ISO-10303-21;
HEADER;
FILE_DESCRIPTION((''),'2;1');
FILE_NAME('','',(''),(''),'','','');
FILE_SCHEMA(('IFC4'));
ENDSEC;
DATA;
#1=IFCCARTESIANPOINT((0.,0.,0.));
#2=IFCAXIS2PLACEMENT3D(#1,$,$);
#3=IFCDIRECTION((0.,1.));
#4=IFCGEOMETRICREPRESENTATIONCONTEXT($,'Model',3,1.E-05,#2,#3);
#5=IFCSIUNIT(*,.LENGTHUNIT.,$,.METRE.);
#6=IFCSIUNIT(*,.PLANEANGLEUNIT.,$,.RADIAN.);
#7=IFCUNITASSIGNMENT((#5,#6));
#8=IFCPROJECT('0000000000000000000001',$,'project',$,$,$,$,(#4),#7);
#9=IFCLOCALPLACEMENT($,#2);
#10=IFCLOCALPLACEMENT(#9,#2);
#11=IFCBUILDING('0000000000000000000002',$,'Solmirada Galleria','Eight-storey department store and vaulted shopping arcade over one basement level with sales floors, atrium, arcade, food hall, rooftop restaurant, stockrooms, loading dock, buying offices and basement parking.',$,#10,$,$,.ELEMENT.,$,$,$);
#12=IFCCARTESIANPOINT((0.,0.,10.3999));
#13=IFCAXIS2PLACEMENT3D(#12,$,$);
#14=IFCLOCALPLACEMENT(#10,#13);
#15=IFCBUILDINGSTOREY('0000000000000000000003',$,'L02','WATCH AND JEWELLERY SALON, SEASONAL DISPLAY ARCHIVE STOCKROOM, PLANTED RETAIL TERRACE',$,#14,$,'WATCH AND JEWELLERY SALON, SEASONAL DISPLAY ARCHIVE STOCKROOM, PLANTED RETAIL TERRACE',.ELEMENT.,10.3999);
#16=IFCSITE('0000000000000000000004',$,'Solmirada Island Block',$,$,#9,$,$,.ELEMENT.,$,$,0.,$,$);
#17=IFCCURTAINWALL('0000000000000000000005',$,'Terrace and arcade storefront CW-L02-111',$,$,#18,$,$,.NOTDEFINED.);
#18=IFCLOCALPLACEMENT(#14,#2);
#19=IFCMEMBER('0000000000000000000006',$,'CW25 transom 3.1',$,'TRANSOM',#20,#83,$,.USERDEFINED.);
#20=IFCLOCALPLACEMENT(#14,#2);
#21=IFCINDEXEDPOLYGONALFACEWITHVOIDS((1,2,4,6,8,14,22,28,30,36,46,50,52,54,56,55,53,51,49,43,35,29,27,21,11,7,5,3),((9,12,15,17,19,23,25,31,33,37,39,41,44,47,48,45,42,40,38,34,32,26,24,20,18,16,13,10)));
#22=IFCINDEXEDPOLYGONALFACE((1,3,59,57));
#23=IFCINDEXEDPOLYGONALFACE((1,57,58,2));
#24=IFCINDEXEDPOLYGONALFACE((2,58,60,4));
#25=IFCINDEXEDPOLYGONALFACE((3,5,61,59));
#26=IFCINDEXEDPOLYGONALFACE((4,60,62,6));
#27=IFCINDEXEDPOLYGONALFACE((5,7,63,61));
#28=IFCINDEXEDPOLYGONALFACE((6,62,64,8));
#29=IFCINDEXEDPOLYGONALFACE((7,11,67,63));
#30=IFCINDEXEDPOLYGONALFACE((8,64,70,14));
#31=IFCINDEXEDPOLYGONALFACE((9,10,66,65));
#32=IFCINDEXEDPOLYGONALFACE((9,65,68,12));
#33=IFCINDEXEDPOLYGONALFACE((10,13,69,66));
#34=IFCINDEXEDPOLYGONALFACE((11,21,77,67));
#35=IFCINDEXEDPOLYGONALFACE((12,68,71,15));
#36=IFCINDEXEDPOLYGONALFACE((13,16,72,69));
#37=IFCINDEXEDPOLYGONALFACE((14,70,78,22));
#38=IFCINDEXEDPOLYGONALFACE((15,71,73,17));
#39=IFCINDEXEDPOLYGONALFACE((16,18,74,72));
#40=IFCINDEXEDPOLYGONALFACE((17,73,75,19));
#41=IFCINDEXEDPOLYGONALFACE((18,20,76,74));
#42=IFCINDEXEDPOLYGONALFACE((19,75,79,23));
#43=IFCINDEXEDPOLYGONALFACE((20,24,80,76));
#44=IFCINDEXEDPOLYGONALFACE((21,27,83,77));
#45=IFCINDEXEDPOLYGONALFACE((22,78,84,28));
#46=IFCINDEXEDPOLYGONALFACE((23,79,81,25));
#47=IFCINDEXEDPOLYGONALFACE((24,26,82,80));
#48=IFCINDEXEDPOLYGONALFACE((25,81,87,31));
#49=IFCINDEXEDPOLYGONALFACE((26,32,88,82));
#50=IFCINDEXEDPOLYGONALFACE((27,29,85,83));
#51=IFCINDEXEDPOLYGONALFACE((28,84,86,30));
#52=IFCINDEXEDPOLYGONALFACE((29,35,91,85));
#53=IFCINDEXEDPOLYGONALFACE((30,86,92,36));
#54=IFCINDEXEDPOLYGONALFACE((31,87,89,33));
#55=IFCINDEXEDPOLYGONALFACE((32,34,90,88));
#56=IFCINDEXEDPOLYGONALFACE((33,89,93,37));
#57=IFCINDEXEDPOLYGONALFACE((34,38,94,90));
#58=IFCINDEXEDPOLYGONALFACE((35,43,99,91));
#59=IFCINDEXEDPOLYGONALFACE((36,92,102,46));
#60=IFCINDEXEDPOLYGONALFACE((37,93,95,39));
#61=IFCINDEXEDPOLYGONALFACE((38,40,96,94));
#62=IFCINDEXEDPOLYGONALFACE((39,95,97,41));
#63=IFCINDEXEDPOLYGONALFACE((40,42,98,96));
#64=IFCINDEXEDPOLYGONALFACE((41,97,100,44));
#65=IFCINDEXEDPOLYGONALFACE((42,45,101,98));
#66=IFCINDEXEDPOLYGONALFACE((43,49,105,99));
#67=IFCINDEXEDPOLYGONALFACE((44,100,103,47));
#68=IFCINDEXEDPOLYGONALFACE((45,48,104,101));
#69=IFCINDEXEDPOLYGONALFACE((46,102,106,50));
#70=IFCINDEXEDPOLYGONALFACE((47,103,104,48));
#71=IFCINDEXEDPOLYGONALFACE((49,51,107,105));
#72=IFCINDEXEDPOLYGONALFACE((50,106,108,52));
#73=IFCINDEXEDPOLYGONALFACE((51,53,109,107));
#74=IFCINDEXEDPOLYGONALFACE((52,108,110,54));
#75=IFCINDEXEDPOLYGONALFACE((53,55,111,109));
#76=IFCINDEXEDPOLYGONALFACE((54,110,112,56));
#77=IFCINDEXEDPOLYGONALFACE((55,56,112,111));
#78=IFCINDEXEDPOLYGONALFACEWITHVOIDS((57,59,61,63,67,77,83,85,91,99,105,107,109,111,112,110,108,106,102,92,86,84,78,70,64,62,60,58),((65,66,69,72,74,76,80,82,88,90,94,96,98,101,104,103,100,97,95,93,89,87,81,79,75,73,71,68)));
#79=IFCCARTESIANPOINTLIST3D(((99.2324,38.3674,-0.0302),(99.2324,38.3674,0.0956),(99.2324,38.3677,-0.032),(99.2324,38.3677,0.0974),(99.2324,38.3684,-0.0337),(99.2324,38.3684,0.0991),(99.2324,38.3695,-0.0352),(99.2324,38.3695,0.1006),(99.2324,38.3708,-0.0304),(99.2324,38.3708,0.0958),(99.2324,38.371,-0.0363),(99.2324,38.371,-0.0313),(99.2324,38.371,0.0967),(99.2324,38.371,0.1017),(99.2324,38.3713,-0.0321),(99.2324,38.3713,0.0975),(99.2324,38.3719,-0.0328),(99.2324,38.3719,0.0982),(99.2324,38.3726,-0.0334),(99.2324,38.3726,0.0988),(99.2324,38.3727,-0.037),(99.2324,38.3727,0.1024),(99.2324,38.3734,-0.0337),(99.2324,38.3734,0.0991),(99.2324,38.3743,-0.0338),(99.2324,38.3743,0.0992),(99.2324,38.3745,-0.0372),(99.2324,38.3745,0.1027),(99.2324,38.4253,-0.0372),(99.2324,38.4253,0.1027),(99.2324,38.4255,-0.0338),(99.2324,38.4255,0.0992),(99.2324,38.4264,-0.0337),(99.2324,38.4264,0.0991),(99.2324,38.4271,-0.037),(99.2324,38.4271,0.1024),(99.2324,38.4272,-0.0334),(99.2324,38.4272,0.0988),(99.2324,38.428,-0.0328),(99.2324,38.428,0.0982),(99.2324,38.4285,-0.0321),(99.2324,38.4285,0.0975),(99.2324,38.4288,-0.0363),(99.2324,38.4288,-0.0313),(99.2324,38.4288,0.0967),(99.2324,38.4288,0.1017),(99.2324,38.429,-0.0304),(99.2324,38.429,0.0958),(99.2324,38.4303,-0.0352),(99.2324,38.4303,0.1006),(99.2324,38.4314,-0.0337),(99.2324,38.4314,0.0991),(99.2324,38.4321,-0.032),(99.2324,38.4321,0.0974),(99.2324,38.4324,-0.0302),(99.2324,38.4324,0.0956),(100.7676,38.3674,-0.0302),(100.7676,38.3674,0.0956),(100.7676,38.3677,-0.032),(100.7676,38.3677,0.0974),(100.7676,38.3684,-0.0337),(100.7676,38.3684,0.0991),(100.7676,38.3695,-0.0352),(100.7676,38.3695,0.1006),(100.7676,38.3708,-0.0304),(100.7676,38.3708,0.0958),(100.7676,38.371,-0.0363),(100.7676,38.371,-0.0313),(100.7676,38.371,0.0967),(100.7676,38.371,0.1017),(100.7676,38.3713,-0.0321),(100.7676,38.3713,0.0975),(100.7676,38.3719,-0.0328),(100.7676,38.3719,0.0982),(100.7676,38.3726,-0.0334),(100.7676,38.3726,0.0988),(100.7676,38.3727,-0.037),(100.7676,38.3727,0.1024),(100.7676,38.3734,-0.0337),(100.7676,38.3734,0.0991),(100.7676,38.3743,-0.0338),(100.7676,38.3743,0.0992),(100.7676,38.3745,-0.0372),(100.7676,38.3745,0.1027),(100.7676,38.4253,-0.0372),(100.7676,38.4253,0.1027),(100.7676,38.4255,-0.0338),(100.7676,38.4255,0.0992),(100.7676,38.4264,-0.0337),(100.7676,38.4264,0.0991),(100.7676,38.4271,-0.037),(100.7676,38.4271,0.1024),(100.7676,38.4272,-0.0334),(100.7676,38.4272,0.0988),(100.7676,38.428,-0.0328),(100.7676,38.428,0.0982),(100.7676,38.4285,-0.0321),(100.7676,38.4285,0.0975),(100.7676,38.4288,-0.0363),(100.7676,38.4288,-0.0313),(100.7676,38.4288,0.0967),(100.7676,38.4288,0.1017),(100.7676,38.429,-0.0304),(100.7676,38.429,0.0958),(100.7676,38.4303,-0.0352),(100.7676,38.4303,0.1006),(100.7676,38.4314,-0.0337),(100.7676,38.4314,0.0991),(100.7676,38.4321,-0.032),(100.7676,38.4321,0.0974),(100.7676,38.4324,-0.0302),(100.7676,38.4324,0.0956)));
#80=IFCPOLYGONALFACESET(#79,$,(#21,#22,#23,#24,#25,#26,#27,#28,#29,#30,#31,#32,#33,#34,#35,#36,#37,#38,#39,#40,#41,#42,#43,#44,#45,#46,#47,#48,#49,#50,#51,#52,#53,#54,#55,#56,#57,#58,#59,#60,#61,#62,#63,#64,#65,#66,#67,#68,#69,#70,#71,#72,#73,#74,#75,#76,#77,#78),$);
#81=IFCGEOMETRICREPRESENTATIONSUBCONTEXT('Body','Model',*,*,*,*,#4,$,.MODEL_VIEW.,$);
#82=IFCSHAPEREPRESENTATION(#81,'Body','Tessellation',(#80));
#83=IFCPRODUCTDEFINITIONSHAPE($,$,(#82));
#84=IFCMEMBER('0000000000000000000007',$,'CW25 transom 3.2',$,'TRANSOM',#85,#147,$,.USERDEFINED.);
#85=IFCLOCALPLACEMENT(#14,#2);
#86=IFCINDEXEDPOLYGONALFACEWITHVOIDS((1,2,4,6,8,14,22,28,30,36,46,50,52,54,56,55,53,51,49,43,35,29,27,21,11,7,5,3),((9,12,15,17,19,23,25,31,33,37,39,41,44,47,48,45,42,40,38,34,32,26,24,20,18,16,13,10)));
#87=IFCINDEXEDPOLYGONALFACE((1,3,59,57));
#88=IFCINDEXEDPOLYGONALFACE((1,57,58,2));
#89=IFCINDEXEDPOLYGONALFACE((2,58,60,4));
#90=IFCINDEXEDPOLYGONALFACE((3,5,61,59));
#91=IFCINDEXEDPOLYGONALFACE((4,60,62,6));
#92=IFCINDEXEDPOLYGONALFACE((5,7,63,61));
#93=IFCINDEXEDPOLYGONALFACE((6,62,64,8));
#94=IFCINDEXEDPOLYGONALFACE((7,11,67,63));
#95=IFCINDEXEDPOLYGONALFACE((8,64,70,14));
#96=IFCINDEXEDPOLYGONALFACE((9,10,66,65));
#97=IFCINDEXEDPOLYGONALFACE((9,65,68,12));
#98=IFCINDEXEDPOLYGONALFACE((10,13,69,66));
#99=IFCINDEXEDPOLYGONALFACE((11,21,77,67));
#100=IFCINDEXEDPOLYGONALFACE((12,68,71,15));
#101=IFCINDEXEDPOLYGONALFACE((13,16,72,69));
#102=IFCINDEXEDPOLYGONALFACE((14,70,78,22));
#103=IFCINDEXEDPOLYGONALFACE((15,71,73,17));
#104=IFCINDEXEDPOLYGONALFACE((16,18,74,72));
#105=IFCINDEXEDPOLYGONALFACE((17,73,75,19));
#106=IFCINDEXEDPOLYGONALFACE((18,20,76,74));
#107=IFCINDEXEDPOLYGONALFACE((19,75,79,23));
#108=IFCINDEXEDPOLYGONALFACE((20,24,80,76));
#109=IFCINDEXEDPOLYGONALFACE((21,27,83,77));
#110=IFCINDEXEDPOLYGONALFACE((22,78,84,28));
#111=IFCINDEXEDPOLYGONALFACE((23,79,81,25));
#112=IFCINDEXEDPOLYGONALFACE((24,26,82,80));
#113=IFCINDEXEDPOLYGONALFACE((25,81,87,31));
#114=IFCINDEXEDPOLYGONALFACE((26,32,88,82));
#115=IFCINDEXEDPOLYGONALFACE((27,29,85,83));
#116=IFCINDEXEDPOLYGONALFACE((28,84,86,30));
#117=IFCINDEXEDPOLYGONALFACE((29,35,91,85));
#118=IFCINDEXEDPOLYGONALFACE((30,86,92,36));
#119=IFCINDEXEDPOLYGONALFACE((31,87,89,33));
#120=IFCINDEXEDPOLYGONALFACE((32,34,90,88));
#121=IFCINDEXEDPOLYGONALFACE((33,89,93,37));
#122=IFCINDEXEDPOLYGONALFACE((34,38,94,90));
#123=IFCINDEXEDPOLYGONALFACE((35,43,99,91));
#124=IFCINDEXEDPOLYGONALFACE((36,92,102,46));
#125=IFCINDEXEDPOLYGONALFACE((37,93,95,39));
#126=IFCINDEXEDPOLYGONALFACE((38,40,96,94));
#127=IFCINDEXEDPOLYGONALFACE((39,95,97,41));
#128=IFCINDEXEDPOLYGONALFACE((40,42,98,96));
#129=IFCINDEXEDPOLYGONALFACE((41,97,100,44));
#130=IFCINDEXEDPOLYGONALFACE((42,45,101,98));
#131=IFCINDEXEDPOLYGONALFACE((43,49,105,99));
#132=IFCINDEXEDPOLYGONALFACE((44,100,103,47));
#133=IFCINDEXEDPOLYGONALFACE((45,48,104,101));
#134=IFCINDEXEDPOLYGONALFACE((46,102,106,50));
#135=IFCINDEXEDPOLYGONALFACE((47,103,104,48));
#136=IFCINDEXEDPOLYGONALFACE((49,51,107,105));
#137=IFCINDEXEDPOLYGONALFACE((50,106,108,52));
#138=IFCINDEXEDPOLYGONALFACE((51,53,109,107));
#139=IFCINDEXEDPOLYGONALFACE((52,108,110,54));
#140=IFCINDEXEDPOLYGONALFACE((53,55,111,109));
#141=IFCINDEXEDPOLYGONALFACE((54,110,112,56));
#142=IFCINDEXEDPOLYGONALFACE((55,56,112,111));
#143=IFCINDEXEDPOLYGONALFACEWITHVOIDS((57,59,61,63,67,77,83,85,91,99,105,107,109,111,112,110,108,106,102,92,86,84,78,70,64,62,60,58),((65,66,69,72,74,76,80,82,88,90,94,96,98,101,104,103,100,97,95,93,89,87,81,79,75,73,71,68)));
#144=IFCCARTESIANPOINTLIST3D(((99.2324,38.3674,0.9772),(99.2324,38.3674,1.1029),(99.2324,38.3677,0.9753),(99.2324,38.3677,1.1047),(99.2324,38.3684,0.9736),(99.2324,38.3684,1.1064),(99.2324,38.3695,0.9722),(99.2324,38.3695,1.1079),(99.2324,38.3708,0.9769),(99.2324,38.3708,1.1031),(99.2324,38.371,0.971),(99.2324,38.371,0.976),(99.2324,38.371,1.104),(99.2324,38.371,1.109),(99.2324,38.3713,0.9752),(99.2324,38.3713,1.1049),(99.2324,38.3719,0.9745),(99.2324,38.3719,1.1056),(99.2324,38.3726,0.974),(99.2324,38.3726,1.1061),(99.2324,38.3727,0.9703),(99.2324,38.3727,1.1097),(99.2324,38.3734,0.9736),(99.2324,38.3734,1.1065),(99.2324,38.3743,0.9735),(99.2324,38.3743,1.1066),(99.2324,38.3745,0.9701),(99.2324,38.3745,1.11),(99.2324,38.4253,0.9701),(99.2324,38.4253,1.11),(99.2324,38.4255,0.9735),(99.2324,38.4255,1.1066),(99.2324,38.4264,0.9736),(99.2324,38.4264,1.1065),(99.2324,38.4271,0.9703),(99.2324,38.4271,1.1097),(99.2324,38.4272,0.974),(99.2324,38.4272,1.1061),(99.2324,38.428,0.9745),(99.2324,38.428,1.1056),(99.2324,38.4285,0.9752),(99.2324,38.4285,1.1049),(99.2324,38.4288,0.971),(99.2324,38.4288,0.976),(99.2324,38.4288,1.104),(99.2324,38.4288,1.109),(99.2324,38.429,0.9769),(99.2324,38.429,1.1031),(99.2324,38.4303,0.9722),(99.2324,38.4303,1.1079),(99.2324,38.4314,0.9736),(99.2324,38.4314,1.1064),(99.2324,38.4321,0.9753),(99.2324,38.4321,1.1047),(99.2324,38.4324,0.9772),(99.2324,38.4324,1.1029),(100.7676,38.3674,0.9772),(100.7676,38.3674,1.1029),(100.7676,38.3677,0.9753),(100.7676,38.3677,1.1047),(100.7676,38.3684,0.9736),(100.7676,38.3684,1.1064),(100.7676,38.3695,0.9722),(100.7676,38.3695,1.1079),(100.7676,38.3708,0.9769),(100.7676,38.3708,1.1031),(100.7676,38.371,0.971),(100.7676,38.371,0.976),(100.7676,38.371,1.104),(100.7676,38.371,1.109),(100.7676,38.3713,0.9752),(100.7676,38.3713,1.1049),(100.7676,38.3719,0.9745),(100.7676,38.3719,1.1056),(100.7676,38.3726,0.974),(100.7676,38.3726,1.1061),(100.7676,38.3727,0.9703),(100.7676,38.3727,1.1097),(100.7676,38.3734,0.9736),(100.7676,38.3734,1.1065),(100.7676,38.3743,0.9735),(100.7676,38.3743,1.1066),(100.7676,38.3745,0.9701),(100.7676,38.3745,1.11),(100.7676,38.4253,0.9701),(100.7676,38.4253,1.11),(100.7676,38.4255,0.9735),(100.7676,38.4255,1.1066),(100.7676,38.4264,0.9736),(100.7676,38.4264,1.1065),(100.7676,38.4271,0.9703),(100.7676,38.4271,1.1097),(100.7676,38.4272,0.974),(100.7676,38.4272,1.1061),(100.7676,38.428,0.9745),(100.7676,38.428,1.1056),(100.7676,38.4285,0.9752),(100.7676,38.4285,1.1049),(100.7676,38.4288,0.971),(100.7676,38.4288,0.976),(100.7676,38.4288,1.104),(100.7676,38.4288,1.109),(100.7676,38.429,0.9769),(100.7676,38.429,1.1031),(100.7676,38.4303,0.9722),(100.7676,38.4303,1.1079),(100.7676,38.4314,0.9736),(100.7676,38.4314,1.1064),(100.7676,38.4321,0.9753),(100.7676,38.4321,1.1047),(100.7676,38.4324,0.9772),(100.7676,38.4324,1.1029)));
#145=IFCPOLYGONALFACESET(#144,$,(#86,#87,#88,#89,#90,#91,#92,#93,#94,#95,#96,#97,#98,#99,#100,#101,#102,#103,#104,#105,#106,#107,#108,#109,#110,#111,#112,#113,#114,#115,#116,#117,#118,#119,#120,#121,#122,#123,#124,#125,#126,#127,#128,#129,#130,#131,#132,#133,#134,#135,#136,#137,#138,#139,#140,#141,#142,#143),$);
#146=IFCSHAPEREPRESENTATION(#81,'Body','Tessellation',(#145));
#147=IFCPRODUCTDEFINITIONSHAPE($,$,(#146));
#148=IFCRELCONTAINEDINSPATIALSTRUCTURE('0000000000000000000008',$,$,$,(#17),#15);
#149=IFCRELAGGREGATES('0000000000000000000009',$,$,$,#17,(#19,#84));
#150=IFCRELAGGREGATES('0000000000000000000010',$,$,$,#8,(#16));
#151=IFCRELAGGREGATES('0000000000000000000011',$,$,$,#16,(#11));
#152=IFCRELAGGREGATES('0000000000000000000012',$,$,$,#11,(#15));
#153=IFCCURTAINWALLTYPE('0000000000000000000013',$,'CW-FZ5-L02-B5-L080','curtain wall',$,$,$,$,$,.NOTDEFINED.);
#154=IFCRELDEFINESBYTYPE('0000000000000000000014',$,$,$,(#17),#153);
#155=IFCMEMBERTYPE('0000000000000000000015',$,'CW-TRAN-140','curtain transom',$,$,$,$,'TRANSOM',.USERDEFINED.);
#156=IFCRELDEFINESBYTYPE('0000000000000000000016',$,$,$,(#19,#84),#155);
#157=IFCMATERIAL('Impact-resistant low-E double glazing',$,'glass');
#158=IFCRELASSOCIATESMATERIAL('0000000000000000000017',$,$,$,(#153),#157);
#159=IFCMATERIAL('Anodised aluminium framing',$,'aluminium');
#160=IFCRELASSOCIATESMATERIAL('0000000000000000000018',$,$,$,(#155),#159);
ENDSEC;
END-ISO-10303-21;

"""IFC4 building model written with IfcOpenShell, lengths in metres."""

from ifc_helpers import new_model, si_unit, direction, frame, origin, origin_2d, place, context, subcontext, project, spatial, hollow_rectangle, extrude, material, material_profile, profile_set, type_object, element, aggregate, save


model = new_model("IFC4")

# Units and contexts
model_context = context("Model", 3, precision=1e-05, world=origin(), true_north=direction((0.0, 1.0)))
body_context = subcontext(model_context, "Body", "Model", "MODEL_VIEW")
ifc_project = project(units=[si_unit("LENGTHUNIT", "METRE"), si_unit("PLANEANGLEUNIT", "RADIAN")], contexts=[model_context])

# Site, building, storey
site_placement = place(None, origin())
site = spatial("IfcSite", under=ifc_project, at=site_placement, Name="Solmirada Island Block", CompositionType="ELEMENT", RefElevation=0.0)
building_placement = place(site_placement, origin())
building = spatial("IfcBuilding", under=site, at=building_placement, Name="Solmirada Galleria", Description="Eight-storey department store and vaulted shopping arcade over one basement level with sales floors, atrium, arcade, food hall, rooftop restaurant, stockrooms, loading dock, buying offices and basement parking.", CompositionType="ELEMENT")
storey_placement = place(building_placement, frame((0.0, 0.0, 10.3999)))
storey = spatial("IfcBuildingStorey", under=building, at=storey_placement, Name="L02", Description="WATCH AND JEWELLERY SALON, SEASONAL DISPLAY ARCHIVE STOCKROOM, PLANTED RETAIL TERRACE", LongName="WATCH AND JEWELLERY SALON, SEASONAL DISPLAY ARCHIVE STOCKROOM, PLANTED RETAIL TERRACE", CompositionType="ELEMENT", Elevation=10.3999)

# Curtain wall, members
ifc_material_1 = material(Name="Impact-resistant low-E double glazing", Category="glass")
curtain_wall_type = type_object("IfcCurtainWallType", Name="CW-FZ5-L02-B5-L080", Description="curtain wall", PredefinedType="NOTDEFINED", material=ifc_material_1)
curtain_wall_placement = place(storey_placement, origin())
curtain_wall = element("IfcCurtainWall", 1, at=curtain_wall_placement, inside=storey, type_object=curtain_wall_type, Name="Terrace and arcade storefront CW-L02-111", PredefinedType="NOTDEFINED")
ifc_material_2 = material(Name="Anodised aluminium framing", Category="aluminium")
ifc_material_profile_1 = material_profile(ifc_material_2, hollow_rectangle(XDim=0.0649, YDim=0.1399, WallThickness=0.0034, InnerFilletRadius=0.0034, OuterFilletRadius=0.0071, at=origin_2d()), Name="ALU-TRAN-140X65")
ifc_profile_set_1 = profile_set([ifc_material_profile_1], Name="Anodised aluminium framing")
member_type_1 = type_object("IfcMemberType", Name="CW-TRAN-140", Description="curtain transom", ElementType="TRANSOM", PredefinedType="USERDEFINED", material=ifc_profile_set_1)
member_1_placement = place(storey_placement, frame((99.2324, 38.3999, 0.0327), z_axis=(1.0, 0.0, 0.0), x_axis=(0.0, 1.0, 0.0)))
member_1 = element("IfcMember", 2, at=member_1_placement, type_object=member_type_1, Name="CW25 transom 3.1", ObjectType="TRANSOM", PredefinedType="USERDEFINED", context=body_context, shape_type="SweptSolid", body=[
    extrude(hollow_rectangle(XDim=0.0649, YDim=0.1399, WallThickness=0.0034, InnerFilletRadius=0.0034, OuterFilletRadius=0.0071, at=origin_2d()), origin(), (0.0, 0.0, 1.0), 1.5352),
])
member_2_placement = place(storey_placement, frame((99.2324, 38.3999, 1.04), z_axis=(1.0, 0.0, 0.0), x_axis=(0.0, 1.0, 0.0)))
member_2 = element("IfcMember", 3, at=member_2_placement, type_object=member_type_1, Name="CW25 transom 3.2", ObjectType="TRANSOM", PredefinedType="USERDEFINED", context=body_context, shape_type="SweptSolid", body=[
    extrude(hollow_rectangle(XDim=0.0649, YDim=0.1399, WallThickness=0.0034, InnerFilletRadius=0.0034, OuterFilletRadius=0.0071, at=origin_2d()), origin(), (0.0, 0.0, 1.0), 1.5352),
])
aggregate(curtain_wall, [member_1, member_2])

save(model, "model.ifc")
